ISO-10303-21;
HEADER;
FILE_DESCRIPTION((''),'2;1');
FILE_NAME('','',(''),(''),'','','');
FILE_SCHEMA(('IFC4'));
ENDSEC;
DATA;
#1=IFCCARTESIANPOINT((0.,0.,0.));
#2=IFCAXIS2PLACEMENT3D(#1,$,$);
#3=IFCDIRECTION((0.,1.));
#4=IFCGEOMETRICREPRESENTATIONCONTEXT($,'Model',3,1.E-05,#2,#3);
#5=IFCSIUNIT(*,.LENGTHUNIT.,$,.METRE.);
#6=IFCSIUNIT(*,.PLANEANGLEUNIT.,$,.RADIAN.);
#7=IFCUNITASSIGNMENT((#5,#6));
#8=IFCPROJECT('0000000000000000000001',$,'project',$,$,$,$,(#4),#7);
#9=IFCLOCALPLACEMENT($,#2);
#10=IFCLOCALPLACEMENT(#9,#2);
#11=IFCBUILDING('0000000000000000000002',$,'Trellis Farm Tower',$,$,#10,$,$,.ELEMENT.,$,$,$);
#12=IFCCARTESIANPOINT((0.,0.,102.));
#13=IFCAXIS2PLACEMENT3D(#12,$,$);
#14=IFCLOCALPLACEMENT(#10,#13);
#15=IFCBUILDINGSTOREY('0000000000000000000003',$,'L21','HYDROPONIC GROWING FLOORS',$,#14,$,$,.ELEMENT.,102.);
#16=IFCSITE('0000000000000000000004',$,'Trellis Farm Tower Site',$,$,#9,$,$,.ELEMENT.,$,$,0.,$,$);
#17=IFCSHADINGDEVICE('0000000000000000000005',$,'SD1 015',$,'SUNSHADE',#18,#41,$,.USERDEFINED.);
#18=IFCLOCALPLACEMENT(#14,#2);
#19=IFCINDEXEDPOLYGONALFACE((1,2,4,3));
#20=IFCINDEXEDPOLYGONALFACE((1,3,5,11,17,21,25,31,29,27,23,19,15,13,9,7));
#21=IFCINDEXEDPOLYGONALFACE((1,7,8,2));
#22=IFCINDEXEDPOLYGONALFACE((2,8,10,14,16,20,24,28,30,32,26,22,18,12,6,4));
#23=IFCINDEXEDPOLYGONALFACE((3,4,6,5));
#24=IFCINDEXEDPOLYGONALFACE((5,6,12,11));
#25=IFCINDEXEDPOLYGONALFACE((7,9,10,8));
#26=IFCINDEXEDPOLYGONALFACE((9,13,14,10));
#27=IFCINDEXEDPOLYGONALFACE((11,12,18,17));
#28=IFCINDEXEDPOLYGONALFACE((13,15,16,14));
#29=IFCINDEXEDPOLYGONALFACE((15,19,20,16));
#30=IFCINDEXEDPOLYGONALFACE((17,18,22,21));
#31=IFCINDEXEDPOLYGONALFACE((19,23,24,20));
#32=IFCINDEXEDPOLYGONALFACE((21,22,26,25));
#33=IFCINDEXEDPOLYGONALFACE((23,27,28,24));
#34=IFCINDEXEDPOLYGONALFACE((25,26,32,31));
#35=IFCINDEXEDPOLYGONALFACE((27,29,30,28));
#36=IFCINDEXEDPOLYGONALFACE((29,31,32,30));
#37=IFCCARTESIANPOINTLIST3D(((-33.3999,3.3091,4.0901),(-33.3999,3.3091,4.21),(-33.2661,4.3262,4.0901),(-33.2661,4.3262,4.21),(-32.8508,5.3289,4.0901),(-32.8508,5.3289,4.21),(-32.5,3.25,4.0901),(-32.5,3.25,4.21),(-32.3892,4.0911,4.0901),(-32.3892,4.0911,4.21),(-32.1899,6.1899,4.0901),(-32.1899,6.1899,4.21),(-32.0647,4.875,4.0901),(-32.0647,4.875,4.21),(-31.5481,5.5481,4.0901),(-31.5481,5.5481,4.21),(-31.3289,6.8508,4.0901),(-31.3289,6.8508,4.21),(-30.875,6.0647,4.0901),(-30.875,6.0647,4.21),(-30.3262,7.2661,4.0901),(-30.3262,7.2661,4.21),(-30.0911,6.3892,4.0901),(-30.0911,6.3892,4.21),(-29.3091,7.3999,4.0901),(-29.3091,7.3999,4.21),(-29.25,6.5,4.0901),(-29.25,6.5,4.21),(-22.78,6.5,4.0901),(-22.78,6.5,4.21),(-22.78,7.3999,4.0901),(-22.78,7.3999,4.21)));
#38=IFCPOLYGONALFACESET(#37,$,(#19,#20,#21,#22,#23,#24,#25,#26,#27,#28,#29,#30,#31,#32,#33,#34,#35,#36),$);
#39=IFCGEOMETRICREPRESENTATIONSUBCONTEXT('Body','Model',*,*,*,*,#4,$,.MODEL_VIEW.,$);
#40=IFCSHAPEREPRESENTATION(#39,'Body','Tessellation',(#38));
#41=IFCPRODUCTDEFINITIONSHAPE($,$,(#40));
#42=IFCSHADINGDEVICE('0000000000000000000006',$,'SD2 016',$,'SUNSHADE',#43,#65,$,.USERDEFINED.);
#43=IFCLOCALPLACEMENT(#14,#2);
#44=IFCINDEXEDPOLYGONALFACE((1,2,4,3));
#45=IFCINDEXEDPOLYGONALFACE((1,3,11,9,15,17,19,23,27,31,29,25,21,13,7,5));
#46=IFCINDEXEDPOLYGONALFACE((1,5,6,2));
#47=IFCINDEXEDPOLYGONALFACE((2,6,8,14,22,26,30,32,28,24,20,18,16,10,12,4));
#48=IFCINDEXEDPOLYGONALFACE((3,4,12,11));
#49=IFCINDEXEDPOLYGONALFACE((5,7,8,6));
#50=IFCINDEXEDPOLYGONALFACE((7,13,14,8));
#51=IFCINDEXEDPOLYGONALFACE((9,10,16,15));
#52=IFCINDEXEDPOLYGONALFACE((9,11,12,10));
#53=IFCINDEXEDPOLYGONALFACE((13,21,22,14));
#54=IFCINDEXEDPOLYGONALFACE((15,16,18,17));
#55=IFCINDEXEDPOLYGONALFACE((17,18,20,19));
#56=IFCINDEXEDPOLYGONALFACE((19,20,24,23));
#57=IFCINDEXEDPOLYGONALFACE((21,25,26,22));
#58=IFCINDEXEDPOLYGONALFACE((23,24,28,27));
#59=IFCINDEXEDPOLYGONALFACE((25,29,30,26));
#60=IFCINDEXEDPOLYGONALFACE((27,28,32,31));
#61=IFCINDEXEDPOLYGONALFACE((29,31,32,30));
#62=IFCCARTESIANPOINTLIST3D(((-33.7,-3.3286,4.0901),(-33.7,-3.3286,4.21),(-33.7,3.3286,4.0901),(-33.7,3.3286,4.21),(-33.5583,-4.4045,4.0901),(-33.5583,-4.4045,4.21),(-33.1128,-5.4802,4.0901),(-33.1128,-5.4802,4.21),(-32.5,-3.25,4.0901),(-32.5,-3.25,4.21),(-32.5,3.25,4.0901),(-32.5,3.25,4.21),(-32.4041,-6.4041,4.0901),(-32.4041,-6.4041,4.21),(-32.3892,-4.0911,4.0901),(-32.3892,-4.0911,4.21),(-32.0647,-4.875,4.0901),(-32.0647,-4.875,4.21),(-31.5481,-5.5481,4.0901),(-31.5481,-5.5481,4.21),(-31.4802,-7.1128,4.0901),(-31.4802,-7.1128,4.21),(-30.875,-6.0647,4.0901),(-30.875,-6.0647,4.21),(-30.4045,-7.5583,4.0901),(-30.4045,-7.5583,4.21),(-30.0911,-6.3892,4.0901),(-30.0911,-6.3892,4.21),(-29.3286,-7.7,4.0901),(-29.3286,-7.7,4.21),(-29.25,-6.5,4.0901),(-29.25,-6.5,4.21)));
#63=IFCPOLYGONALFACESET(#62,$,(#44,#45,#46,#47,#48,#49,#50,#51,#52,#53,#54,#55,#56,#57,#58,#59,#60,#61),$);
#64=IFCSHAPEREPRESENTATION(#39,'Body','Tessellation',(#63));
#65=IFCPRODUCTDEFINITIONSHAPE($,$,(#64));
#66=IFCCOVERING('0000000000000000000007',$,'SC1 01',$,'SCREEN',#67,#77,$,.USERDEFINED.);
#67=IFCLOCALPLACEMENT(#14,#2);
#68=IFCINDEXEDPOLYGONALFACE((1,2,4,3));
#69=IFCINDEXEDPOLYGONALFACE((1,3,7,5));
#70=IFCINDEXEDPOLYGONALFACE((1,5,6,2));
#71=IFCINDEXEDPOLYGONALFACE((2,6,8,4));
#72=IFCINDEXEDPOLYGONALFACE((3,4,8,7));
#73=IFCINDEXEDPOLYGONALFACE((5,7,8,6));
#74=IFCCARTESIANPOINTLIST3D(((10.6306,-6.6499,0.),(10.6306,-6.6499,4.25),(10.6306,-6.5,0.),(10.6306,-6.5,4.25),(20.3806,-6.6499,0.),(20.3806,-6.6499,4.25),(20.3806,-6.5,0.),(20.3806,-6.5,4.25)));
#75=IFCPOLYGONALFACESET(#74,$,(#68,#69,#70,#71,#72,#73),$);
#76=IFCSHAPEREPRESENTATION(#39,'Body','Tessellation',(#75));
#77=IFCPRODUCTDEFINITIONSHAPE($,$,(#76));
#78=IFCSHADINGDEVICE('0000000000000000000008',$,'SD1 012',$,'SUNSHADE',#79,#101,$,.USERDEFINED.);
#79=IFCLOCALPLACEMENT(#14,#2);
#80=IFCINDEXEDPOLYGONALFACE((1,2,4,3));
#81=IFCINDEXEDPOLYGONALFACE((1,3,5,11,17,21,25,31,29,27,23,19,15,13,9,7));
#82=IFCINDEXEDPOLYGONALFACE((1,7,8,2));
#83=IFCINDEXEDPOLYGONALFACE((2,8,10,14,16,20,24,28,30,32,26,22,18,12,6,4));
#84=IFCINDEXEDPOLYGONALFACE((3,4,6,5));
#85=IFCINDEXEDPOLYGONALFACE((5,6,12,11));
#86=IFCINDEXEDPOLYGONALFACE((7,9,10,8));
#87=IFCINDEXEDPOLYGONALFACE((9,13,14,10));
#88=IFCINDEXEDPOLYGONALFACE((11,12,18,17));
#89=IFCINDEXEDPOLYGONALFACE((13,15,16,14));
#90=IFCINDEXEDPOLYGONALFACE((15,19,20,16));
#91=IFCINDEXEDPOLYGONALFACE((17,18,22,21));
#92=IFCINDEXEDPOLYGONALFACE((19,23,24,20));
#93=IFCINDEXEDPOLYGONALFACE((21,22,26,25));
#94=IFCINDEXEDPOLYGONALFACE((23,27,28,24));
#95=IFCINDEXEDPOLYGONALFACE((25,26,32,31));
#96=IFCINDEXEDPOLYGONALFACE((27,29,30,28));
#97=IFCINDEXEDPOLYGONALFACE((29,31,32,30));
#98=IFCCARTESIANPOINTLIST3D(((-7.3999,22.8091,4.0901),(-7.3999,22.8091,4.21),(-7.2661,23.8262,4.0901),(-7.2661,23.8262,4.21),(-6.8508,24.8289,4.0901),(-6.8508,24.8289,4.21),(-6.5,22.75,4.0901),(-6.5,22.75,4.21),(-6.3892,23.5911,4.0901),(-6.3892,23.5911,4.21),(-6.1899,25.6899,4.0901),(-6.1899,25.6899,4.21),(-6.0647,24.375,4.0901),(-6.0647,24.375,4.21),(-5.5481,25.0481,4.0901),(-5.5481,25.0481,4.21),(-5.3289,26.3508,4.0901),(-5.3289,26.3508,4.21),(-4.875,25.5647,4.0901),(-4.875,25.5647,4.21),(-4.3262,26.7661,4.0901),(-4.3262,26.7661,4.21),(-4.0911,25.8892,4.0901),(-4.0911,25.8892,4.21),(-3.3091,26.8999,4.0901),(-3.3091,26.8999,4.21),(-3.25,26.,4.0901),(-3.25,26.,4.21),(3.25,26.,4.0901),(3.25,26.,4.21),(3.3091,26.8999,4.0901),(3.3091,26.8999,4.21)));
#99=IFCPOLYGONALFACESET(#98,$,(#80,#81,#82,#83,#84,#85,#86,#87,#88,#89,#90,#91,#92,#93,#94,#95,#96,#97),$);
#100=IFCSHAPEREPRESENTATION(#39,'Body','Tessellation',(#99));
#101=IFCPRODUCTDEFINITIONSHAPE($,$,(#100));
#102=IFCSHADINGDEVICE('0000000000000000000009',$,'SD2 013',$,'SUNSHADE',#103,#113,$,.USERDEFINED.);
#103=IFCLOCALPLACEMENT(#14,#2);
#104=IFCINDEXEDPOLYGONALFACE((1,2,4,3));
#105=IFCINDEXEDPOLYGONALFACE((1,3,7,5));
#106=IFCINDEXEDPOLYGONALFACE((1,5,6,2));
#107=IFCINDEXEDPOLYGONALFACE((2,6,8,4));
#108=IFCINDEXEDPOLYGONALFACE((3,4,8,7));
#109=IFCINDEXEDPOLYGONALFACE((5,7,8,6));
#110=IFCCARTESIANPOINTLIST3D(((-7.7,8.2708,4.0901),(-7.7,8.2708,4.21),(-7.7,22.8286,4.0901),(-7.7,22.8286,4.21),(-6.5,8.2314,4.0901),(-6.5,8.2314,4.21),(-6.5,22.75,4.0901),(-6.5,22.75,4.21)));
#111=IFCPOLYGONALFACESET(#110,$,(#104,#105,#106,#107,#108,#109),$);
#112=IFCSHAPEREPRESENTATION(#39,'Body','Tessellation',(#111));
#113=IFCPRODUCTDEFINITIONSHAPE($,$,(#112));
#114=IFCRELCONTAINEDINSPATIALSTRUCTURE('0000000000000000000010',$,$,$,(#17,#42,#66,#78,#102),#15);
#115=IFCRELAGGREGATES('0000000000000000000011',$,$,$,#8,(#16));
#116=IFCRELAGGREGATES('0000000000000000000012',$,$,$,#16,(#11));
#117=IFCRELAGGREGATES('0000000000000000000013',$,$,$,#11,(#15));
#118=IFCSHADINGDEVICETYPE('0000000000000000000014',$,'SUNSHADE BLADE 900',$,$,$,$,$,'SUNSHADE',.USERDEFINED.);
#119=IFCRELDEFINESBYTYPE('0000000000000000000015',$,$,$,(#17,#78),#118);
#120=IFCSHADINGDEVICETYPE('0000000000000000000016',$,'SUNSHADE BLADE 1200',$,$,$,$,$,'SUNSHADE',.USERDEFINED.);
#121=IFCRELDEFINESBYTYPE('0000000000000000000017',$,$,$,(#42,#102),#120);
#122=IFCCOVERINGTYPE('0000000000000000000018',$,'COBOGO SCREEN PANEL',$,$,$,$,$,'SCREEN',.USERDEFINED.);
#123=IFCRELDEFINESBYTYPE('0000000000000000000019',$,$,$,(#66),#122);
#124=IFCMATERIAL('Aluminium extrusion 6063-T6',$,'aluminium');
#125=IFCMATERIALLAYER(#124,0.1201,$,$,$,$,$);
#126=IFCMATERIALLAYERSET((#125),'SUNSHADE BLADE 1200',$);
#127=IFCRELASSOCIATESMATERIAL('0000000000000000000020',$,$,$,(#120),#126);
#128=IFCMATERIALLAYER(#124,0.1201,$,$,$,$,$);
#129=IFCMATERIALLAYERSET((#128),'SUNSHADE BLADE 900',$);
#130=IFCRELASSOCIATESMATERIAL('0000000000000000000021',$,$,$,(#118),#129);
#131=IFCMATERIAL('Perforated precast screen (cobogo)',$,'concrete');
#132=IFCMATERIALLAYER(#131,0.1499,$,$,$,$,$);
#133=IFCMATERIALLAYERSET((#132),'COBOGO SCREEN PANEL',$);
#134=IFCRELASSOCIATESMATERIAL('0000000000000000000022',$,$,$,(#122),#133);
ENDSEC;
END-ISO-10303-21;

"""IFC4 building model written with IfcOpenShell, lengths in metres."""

from ifc_helpers import new_model, si_unit, direction, frame, origin, place, context, subcontext, project, spatial, polyline, outline, extrude, source, transform, mapped, material, layer, layer_set, type_object, element, save


model = new_model("IFC4")

# Units and contexts
model_context = context("Model", 3, precision=1e-05, world=origin(), true_north=direction((0.0, 1.0)))
body_context = subcontext(model_context, "Body", "Model", "MODEL_VIEW")
ifc_project = project(units=[si_unit("LENGTHUNIT", "METRE"), si_unit("PLANEANGLEUNIT", "RADIAN")], contexts=[model_context])

# Site, building, storey
site_placement = place(None, origin())
site = spatial("IfcSite", under=ifc_project, at=site_placement, Name="Trellis Farm Tower Site", CompositionType="ELEMENT", RefElevation=0.0)
building_placement = place(site_placement, origin())
building = spatial("IfcBuilding", under=site, at=building_placement, Name="Trellis Farm Tower", CompositionType="ELEMENT")
storey_placement = place(building_placement, frame((0.0, 0.0, 102.0)))
storey = spatial("IfcBuildingStorey", under=building, at=storey_placement, Name="L21", Description="HYDROPONIC GROWING FLOORS", CompositionType="ELEMENT", Elevation=102.0)

# Shared definitions
placement_1 = place(storey_placement, origin())
ifc_material_1 = material(Name="Aluminium extrusion 6063-T6", Category="aluminium")

# Shading devices
ifc_layer_1 = layer(ifc_material_1, 0.1201)
ifc_layer_set_1 = layer_set([ifc_layer_1], Name="SUNSHADE BLADE 1200")
shading_device_type_1 = type_object("IfcShadingDeviceType", Name="SUNSHADE BLADE 1200", ElementType="SUNSHADE", PredefinedType="USERDEFINED", material=ifc_layer_set_1)
placement_2 = place(storey_placement, frame((0.0, 0.0, 4.0901)))
ifc_layer_2 = layer(ifc_material_1, 0.1201)
ifc_layer_set_2 = layer_set([ifc_layer_2], Name="SUNSHADE BLADE 900")
shading_device_type_2 = type_object("IfcShadingDeviceType", Name="SUNSHADE BLADE 900", ElementType="SUNSHADE", PredefinedType="USERDEFINED", material=ifc_layer_set_2)
shared_shape_1 = source(origin(), body_context, "Body", "SweptSolid", [
    extrude(outline(polyline([(-22.78, 7.3999), (-29.3091, 7.3999), (-30.3262, 7.2661), (-31.3289, 6.8508), (-32.1899, 6.1899), (-32.8508, 5.3289), (-33.2661, 4.3262), (-33.3999, 3.3091), (-32.5, 3.25), (-32.3892, 4.0911), (-32.0647, 4.875), (-31.5481, 5.5481), (-30.875, 6.0647), (-30.0911, 6.3892), (-29.25, 6.5), (-22.78, 6.5), (-22.78, 7.3999)])), origin(), (0.0, 0.0, 1.0), 0.1199),
])
element("IfcShadingDevice", 1, at=placement_2, inside=storey, type_object=shading_device_type_2, Name="SD1 015", ObjectType="SUNSHADE", PredefinedType="USERDEFINED", context=body_context, shape_type="MappedRepresentation", body=[
    mapped(shared_shape_1, transform((0.0, 0.0, 0.0))),
])
shared_shape_2 = source(origin(), body_context, "Body", "SweptSolid", [
    extrude(outline(polyline([(-33.7, 3.3286), (-33.7, -3.3286), (-33.5583, -4.4045), (-33.1128, -5.4802), (-32.4041, -6.4041), (-31.4802, -7.1128), (-30.4045, -7.5583), (-29.3286, -7.7), (-29.25, -6.5), (-30.0911, -6.3892), (-30.875, -6.0647), (-31.5481, -5.5481), (-32.0647, -4.875), (-32.3892, -4.0911), (-32.5, -3.25), (-32.5, 3.25), (-33.7, 3.3286)])), origin(), (0.0, 0.0, 1.0), 0.1199),
])
element("IfcShadingDevice", 2, at=placement_2, inside=storey, type_object=shading_device_type_1, Name="SD2 016", ObjectType="SUNSHADE", PredefinedType="USERDEFINED", context=body_context, shape_type="MappedRepresentation", body=[
    mapped(shared_shape_2, transform((0.0, 0.0, 0.0))),
])

# Covering
ifc_material_2 = material(Name="Perforated precast screen (cobogo)", Category="concrete")
ifc_layer_3 = layer(ifc_material_2, 0.1499)
ifc_layer_set_3 = layer_set([ifc_layer_3], Name="COBOGO SCREEN PANEL")
covering_type = type_object("IfcCoveringType", Name="COBOGO SCREEN PANEL", ElementType="SCREEN", PredefinedType="USERDEFINED", material=ifc_layer_set_3)
shared_shape_3 = source(origin(), body_context, "Body", "SweptSolid", [
    extrude(outline(polyline([(10.6306, -6.6499), (20.3806, -6.6499), (20.3806, -6.5), (10.6306, -6.5), (10.6306, -6.6499)])), origin(), (0.0, 0.0, 1.0), 4.25),
])
element("IfcCovering", 3, at=placement_1, inside=storey, type_object=covering_type, Name="SC1 01", ObjectType="SCREEN", PredefinedType="USERDEFINED", context=body_context, shape_type="MappedRepresentation", body=[
    mapped(shared_shape_3, transform((0.0, 0.0, 0.0))),
])

# Shading devices
shared_shape_4 = source(origin(), body_context, "Body", "SweptSolid", [
    extrude(outline(polyline([(3.3091, 26.8999), (-3.3091, 26.8999), (-4.3262, 26.7661), (-5.3289, 26.3508), (-6.1899, 25.6899), (-6.8508, 24.8289), (-7.2661, 23.8262), (-7.3999, 22.8091), (-6.5, 22.75), (-6.3892, 23.5911), (-6.0647, 24.375), (-5.5481, 25.0481), (-4.875, 25.5647), (-4.0911, 25.8892), (-3.25, 26.0), (3.25, 26.0), (3.3091, 26.8999)])), origin(), (0.0, 0.0, 1.0), 0.1199),
])
element("IfcShadingDevice", 4, at=placement_2, inside=storey, type_object=shading_device_type_2, Name="SD1 012", ObjectType="SUNSHADE", PredefinedType="USERDEFINED", context=body_context, shape_type="MappedRepresentation", body=[
    mapped(shared_shape_4, transform((0.0, 0.0, 0.0))),
])
shared_shape_5 = source(origin(), body_context, "Body", "SweptSolid", [
    extrude(outline(polyline([(-7.7, 22.8286), (-7.7, 8.2708), (-6.5, 8.2314), (-6.5, 22.75), (-7.7, 22.8286)])), origin(), (0.0, 0.0, 1.0), 0.1199),
])
element("IfcShadingDevice", 5, at=placement_2, inside=storey, type_object=shading_device_type_1, Name="SD2 013", ObjectType="SUNSHADE", PredefinedType="USERDEFINED", context=body_context, shape_type="MappedRepresentation", body=[
    mapped(shared_shape_5, transform((0.0, 0.0, 0.0))),
])

save(model, "model.ifc")
